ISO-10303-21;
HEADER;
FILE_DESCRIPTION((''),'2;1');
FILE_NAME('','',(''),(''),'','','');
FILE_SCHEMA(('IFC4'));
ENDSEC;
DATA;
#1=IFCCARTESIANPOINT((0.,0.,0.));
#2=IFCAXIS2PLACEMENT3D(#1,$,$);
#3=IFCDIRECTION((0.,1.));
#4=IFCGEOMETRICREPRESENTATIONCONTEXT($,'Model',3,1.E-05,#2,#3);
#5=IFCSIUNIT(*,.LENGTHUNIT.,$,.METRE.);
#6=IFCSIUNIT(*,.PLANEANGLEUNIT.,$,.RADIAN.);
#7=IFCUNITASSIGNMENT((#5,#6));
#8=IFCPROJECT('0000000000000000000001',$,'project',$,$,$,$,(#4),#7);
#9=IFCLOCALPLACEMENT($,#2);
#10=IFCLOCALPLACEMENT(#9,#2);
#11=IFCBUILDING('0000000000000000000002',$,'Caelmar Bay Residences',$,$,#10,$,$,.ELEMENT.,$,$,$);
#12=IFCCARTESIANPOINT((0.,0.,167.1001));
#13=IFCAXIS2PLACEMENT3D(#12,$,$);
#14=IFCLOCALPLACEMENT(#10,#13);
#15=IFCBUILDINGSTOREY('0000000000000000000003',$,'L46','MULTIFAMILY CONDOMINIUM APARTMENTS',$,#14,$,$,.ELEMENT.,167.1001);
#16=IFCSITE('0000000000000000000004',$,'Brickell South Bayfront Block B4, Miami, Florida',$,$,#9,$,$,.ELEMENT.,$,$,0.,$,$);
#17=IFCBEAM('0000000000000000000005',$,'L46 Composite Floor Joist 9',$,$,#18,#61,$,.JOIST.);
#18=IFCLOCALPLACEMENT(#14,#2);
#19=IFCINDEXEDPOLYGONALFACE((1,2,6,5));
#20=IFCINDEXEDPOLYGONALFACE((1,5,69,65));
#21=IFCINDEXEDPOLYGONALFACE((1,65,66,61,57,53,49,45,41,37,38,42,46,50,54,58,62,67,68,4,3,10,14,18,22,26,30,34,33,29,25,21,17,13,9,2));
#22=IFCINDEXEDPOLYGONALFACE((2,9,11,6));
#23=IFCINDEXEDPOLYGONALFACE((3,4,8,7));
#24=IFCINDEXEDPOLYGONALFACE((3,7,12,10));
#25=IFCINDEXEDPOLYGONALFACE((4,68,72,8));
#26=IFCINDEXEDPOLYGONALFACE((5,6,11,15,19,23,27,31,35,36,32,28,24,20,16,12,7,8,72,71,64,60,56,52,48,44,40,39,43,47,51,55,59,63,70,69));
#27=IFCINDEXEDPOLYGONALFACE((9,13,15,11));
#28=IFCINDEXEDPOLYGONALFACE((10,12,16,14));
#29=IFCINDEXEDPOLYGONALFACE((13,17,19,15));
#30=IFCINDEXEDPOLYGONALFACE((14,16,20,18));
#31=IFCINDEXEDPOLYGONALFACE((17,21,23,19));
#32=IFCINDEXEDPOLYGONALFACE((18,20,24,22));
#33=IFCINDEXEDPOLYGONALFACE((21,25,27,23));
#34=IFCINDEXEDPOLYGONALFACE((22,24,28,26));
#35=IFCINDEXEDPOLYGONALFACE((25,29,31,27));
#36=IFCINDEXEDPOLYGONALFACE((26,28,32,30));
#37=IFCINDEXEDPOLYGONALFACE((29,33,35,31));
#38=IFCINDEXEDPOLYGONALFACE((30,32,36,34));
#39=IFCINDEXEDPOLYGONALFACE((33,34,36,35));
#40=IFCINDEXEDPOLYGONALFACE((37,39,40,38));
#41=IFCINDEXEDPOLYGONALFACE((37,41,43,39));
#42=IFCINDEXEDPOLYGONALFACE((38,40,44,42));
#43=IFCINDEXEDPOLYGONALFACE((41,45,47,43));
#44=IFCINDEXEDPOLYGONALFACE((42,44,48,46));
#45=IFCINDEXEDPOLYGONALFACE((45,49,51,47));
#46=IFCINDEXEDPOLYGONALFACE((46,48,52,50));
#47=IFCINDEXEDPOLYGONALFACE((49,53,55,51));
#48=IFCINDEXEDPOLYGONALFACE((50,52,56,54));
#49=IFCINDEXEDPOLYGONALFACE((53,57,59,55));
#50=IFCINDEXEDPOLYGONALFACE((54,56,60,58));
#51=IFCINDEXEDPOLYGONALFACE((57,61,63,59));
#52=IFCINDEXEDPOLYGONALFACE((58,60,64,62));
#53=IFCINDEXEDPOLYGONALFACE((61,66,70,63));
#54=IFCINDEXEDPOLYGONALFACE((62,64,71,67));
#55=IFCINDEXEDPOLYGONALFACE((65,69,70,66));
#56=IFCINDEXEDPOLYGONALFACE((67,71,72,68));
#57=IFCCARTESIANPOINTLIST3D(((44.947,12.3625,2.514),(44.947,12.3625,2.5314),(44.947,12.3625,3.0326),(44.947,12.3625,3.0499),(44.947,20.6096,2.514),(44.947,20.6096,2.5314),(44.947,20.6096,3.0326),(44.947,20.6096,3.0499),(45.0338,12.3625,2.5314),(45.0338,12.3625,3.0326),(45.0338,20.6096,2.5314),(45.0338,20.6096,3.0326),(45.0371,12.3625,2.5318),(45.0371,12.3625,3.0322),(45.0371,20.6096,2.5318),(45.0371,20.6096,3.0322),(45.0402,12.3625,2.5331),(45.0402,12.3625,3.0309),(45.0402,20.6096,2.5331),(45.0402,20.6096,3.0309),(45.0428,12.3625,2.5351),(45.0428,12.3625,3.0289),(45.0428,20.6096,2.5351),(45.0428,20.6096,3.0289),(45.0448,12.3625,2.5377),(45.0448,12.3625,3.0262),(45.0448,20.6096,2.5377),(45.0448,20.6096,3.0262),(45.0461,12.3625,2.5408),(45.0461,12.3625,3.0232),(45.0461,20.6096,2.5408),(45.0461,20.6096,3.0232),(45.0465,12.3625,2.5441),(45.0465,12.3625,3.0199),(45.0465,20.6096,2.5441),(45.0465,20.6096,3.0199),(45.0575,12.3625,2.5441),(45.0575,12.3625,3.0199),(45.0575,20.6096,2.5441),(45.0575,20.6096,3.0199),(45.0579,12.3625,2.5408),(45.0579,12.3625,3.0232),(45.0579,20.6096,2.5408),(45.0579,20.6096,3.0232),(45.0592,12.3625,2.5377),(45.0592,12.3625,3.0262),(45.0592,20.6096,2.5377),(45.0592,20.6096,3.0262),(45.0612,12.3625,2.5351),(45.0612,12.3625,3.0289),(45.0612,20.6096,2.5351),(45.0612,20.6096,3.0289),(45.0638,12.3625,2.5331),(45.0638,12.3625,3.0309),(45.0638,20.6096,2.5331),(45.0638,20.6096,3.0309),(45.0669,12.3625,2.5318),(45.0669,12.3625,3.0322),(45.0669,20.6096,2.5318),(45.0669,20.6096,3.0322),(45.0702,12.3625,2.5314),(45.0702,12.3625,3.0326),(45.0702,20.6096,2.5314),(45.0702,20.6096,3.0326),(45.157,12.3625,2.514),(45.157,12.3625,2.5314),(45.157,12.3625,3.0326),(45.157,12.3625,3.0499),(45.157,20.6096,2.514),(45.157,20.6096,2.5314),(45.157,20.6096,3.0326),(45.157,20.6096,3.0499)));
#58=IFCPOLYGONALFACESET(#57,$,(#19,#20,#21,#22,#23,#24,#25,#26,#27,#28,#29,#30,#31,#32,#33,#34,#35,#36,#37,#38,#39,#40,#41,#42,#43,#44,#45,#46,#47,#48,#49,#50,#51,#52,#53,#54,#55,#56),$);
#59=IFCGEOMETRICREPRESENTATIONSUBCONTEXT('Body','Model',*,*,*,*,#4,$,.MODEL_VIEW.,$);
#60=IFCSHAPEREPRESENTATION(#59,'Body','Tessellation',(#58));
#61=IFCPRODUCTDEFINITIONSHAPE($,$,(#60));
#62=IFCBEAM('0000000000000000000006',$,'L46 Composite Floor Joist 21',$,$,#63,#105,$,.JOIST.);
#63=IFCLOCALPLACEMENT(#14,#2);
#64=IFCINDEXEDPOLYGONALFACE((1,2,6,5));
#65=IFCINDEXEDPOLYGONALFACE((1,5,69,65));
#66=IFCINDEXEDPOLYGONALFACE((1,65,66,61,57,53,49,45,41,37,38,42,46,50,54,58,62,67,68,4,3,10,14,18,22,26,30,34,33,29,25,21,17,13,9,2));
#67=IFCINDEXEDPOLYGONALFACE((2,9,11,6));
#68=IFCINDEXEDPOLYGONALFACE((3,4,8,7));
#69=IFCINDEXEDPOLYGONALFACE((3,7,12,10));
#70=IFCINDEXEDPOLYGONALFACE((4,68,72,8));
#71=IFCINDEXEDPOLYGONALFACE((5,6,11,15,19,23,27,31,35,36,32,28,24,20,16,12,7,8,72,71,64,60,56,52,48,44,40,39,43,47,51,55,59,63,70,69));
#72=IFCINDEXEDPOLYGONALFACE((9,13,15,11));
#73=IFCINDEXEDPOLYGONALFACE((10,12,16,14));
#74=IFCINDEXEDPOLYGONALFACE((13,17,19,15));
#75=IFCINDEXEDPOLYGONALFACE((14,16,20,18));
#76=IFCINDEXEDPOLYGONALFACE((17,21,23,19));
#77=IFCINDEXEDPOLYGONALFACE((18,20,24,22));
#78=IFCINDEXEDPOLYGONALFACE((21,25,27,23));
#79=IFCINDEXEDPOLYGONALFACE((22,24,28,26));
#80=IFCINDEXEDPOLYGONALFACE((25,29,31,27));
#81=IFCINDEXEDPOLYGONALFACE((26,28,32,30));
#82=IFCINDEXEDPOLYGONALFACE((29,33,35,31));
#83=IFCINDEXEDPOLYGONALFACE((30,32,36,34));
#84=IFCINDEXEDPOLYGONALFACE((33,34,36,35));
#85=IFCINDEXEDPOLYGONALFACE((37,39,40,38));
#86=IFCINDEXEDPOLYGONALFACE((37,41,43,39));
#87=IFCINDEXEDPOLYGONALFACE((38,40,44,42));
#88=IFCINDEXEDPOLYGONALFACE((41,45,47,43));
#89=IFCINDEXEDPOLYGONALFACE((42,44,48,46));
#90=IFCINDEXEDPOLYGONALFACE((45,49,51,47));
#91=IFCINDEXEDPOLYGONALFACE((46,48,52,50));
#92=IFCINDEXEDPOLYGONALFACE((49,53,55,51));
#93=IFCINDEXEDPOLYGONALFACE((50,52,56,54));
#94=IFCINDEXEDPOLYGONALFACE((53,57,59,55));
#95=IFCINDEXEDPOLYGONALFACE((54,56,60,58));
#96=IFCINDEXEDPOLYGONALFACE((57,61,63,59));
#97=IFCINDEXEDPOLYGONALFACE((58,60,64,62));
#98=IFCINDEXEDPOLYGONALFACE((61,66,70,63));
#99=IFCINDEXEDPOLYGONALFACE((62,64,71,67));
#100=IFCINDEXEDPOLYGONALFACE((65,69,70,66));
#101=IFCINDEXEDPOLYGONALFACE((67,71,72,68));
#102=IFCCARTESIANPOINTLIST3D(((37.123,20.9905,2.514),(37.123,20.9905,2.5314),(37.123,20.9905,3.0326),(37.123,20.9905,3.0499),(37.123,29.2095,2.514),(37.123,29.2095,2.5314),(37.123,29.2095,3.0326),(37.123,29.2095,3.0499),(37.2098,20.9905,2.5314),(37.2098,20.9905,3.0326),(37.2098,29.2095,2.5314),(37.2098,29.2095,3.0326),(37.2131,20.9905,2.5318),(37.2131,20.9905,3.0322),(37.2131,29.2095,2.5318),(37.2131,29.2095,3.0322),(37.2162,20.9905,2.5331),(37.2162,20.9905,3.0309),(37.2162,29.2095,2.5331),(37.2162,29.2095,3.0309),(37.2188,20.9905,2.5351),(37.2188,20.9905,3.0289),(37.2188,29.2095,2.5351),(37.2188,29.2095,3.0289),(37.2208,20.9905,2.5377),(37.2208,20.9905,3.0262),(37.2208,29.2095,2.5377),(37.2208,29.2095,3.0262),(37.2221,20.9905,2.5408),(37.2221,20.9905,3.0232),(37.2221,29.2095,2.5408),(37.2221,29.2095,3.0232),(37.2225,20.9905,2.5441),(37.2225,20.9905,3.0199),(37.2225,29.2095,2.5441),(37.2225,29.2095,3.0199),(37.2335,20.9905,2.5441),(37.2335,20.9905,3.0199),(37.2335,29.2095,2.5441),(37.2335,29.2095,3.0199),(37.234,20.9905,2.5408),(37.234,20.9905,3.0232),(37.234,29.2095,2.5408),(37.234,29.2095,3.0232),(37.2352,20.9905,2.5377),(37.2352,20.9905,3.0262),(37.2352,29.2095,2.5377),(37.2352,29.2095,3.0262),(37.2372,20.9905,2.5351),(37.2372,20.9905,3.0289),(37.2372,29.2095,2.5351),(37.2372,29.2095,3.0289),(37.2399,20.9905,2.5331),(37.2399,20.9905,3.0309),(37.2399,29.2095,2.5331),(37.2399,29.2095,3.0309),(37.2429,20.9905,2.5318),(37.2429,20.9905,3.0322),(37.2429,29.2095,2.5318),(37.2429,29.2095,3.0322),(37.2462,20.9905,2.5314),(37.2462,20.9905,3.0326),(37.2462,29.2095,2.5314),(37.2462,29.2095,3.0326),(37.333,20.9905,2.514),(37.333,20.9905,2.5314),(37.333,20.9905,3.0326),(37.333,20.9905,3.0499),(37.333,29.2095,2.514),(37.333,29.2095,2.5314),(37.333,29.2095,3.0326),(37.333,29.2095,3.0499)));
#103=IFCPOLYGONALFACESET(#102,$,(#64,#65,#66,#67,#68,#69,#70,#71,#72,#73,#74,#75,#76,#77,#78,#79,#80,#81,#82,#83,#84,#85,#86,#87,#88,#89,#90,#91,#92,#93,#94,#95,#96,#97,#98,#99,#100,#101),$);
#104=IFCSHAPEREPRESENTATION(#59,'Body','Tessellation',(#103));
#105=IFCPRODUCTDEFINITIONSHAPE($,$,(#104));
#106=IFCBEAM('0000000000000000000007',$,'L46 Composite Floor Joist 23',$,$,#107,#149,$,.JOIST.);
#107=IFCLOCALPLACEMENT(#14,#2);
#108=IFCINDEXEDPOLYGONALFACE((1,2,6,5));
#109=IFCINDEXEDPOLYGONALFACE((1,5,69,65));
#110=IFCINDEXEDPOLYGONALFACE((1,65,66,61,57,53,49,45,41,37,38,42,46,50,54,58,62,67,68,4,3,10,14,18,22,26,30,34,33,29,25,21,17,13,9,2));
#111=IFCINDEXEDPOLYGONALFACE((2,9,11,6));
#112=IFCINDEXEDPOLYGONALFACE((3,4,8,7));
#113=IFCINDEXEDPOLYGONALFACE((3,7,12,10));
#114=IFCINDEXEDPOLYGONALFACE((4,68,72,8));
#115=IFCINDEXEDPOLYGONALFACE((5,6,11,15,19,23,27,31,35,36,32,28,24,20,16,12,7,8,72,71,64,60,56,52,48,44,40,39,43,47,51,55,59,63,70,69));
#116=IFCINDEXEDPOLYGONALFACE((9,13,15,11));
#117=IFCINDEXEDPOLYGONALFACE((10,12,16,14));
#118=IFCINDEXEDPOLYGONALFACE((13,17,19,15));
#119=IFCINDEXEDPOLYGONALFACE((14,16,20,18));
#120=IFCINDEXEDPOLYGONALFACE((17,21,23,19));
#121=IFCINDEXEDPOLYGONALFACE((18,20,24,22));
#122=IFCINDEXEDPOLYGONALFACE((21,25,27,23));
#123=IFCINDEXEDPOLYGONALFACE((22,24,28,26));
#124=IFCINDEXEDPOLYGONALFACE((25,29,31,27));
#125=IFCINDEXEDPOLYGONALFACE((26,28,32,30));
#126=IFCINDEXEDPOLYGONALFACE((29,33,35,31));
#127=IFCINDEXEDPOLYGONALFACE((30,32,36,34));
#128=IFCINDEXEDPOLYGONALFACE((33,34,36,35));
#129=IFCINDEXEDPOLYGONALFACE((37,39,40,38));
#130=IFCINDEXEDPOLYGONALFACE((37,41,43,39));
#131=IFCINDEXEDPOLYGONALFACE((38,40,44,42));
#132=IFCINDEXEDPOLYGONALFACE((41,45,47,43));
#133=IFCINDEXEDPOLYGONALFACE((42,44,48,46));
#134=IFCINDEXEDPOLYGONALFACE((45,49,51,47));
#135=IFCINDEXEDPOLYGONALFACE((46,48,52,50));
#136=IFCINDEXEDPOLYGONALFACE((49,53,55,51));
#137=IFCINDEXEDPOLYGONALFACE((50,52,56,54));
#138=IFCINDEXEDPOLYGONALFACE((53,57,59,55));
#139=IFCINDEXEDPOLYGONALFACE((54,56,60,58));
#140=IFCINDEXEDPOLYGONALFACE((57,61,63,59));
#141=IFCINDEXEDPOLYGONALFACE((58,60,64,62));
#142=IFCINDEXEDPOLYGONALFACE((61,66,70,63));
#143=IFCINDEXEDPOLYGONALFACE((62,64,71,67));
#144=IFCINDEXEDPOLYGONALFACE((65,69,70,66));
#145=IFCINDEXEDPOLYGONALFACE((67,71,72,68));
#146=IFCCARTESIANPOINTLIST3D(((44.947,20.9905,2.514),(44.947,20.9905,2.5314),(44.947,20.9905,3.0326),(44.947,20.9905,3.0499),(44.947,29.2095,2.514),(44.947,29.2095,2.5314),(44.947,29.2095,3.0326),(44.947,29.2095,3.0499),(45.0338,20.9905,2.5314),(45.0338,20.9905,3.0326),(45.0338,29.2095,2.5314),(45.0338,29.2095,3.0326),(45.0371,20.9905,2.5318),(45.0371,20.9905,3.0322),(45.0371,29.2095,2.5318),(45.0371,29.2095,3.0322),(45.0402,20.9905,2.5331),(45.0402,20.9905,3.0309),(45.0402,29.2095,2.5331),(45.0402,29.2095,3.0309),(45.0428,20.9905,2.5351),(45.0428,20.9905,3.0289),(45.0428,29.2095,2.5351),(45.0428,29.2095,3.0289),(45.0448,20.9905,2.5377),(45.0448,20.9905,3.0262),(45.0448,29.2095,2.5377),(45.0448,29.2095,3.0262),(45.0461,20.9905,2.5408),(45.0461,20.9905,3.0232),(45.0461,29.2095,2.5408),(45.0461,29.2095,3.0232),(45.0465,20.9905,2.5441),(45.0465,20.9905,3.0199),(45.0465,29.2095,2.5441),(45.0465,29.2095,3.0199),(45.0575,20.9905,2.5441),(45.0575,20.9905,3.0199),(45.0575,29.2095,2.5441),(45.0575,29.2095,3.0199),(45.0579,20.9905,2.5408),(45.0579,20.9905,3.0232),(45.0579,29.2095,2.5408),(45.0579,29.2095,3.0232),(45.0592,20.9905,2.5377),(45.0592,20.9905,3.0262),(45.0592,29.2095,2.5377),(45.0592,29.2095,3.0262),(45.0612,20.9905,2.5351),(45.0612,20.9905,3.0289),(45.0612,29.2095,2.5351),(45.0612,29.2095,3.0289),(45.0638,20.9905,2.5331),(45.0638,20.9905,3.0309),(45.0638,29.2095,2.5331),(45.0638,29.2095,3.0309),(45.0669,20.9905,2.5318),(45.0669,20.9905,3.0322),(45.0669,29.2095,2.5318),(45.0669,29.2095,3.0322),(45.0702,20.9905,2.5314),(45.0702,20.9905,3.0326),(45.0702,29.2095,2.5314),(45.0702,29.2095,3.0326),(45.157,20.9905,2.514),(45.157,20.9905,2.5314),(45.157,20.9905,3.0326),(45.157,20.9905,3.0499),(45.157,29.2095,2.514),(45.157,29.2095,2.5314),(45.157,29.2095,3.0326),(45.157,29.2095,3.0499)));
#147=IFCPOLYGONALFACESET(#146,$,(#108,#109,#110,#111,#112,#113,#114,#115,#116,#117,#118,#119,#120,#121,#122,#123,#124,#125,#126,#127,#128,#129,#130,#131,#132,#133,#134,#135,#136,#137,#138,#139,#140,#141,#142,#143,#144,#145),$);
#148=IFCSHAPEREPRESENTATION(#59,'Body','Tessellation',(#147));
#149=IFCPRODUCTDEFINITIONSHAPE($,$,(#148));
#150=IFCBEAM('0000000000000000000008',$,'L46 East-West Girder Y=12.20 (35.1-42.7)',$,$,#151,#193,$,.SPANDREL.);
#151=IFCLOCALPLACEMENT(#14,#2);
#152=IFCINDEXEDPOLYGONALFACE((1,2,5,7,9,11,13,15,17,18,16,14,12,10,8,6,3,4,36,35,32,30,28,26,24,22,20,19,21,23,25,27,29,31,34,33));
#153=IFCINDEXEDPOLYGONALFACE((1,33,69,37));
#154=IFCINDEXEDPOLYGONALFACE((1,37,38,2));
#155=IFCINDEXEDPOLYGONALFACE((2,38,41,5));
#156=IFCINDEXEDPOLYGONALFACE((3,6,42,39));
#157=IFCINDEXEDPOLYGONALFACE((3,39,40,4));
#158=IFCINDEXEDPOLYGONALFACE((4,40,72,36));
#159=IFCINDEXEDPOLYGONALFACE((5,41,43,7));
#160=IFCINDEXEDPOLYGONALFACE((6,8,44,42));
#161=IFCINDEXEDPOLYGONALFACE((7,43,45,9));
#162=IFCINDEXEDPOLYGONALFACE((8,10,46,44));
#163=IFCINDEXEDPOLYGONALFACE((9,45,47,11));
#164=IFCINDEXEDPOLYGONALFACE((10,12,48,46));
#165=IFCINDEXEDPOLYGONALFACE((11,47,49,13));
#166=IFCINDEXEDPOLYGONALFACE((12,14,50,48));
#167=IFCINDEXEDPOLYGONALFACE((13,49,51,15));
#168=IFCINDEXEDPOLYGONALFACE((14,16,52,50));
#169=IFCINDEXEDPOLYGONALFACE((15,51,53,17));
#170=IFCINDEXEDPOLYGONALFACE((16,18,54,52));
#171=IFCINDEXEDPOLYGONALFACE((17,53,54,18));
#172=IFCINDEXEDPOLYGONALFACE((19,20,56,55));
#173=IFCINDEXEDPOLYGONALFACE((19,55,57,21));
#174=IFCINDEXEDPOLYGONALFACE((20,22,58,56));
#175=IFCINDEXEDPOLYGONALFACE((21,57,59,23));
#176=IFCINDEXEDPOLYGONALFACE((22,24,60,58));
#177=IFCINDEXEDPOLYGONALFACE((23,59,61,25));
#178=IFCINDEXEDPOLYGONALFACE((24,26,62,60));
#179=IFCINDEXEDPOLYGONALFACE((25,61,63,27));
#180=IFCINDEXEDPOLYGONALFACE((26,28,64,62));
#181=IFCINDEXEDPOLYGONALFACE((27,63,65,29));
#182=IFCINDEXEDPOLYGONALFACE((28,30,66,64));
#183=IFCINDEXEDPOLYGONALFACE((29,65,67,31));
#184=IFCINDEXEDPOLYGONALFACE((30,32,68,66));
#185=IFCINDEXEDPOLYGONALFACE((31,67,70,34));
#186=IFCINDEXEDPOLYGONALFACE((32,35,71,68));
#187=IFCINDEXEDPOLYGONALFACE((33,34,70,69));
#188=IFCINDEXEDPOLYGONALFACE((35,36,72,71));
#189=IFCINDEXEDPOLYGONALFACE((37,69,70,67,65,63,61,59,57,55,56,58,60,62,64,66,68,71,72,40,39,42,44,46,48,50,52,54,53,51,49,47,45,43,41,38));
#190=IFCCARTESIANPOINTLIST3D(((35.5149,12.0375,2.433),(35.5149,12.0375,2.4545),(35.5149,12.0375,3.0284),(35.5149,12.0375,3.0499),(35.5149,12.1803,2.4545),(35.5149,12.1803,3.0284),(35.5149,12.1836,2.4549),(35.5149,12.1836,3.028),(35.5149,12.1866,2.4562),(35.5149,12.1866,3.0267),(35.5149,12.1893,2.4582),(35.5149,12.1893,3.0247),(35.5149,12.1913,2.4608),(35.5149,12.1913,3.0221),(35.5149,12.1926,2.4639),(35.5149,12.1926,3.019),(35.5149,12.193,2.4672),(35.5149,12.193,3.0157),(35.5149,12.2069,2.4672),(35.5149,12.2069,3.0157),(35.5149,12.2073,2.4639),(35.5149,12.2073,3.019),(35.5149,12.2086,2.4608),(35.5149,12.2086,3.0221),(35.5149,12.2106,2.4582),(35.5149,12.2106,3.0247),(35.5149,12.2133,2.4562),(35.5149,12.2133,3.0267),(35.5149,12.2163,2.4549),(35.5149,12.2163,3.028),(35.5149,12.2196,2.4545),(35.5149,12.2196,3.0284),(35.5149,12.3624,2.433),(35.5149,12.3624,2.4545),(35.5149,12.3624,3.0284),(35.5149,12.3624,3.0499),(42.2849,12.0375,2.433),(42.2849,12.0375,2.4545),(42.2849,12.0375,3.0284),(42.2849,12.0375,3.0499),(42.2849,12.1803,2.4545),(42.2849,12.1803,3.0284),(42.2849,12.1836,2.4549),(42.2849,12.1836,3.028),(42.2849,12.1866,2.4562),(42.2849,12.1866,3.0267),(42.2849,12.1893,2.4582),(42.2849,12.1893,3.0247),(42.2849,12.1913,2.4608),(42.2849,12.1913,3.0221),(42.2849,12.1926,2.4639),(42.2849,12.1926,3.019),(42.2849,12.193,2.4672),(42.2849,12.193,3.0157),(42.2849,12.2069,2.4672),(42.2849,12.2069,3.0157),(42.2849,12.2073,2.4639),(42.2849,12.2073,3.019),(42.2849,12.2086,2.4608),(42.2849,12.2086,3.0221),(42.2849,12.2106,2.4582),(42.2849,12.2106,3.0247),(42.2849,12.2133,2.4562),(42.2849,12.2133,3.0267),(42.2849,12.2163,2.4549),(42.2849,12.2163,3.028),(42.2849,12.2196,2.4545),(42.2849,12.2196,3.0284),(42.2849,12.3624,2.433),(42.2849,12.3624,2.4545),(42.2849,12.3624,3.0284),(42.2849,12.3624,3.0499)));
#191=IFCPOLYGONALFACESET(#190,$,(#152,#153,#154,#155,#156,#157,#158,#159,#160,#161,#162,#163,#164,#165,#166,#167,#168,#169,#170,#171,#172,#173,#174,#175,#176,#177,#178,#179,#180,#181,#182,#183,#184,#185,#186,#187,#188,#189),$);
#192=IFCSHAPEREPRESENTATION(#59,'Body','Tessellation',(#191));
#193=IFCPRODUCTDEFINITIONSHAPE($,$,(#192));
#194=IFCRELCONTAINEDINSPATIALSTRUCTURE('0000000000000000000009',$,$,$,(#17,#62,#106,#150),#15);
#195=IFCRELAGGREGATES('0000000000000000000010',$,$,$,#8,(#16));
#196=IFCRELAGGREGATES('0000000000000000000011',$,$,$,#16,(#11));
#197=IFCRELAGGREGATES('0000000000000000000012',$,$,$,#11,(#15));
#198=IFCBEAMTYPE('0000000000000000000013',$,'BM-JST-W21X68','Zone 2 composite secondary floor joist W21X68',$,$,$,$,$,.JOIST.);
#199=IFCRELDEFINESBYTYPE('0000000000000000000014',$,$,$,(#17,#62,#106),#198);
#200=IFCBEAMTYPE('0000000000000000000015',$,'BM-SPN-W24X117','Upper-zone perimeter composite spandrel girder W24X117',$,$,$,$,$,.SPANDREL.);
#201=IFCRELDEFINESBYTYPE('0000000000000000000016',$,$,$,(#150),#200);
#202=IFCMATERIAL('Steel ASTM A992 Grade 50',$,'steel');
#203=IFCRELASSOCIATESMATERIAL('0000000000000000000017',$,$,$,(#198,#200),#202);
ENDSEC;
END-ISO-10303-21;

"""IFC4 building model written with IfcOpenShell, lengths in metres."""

from ifc_helpers import new_model, si_unit, direction, frame, origin, origin_2d, place, context, subcontext, project, spatial, i_section, extrude, material, material_profile, profile_set, type_object, element, save


model = new_model("IFC4")

# Units and contexts
model_context = context("Model", 3, precision=1e-05, world=origin(), true_north=direction((0.0, 1.0)))
body_context = subcontext(model_context, "Body", "Model", "MODEL_VIEW")
ifc_project = project(units=[si_unit("LENGTHUNIT", "METRE"), si_unit("PLANEANGLEUNIT", "RADIAN")], contexts=[model_context])

# Site, building, storey
site_placement = place(None, origin())
site = spatial("IfcSite", under=ifc_project, at=site_placement, Name="Brickell South Bayfront Block B4, Miami, Florida", CompositionType="ELEMENT", RefElevation=0.0)
building_placement = place(site_placement, origin())
building = spatial("IfcBuilding", under=site, at=building_placement, Name="Caelmar Bay Residences", CompositionType="ELEMENT")
storey_placement = place(building_placement, frame((0.0, 0.0, 167.1001)))
storey = spatial("IfcBuildingStorey", under=building, at=storey_placement, Name="L46", Description="MULTIFAMILY CONDOMINIUM APARTMENTS", CompositionType="ELEMENT", Elevation=167.1001)

# Beams
ifc_material_1 = material(Name="Steel ASTM A992 Grade 50", Category="steel")
ifc_material_profile_1 = material_profile(ifc_material_1, i_section(OverallWidth=0.21, OverallDepth=0.5359, WebThickness=0.011, FlangeThickness=0.0173, FilletRadius=0.0127, at=origin_2d()), Name="W21X68")
ifc_profile_set_1 = profile_set([ifc_material_profile_1], Name="Steel ASTM A992 Grade 50")
beam_type_1 = type_object("IfcBeamType", Name="BM-JST-W21X68", Description="Zone 2 composite secondary floor joist W21X68", PredefinedType="JOIST", material=ifc_profile_set_1)
for number, where, z_axis, x_axis, name in (
    (1, (45.052, 12.3625, 2.782), (0.0, 1.0, 0.0), (-1.0, 0.0, 0.0), "L46 Composite Floor Joist 9"),
):
    element("IfcBeam", number, at=place(storey_placement, frame(where, z_axis=z_axis, x_axis=x_axis)), inside=storey, type_object=beam_type_1, Name=name, PredefinedType="JOIST", context=body_context, shape_type="SweptSolid", body=[
        extrude(i_section(OverallWidth=0.21, OverallDepth=0.5359, WebThickness=0.011, FlangeThickness=0.0173, FilletRadius=0.0127, at=origin_2d()), origin(), (0.0, 0.0, 1.0), 8.2471),
    ])
for number, where, z_axis, x_axis, name in (
    (2, (37.228, 20.9905, 2.782), (0.0, 1.0, 0.0), (-1.0, 0.0, 0.0), "L46 Composite Floor Joist 21"),
    (3, (45.052, 20.9905, 2.782), (0.0, 1.0, 0.0), (-1.0, 0.0, 0.0), "L46 Composite Floor Joist 23"),
):
    element("IfcBeam", number, at=place(storey_placement, frame(where, z_axis=z_axis, x_axis=x_axis)), inside=storey, type_object=beam_type_1, Name=name, PredefinedType="JOIST", context=body_context, shape_type="SweptSolid", body=[
        extrude(i_section(OverallWidth=0.21, OverallDepth=0.5359, WebThickness=0.011, FlangeThickness=0.0173, FilletRadius=0.0127, at=origin_2d()), origin(), (0.0, 0.0, 1.0), 8.219),
    ])
ifc_material_profile_2 = material_profile(ifc_material_1, i_section(OverallWidth=0.325, OverallDepth=0.6169, WebThickness=0.0139, FlangeThickness=0.0215, FilletRadius=0.0127, at=origin_2d()), Name="W24X117")
ifc_profile_set_2 = profile_set([ifc_material_profile_2], Name="Steel ASTM A992 Grade 50")
beam_type_2 = type_object("IfcBeamType", Name="BM-SPN-W24X117", Description="Upper-zone perimeter composite spandrel girder W24X117", PredefinedType="SPANDREL", material=ifc_profile_set_2)
beam_1_placement = place(storey_placement, frame((35.5149, 12.2, 2.7415), z_axis=(1.0, 0.0, 0.0), x_axis=(0.0, 1.0, 0.0)))
element("IfcBeam", 4, at=beam_1_placement, inside=storey, type_object=beam_type_2, Name="L46 East-West Girder Y=12.20 (35.1-42.7)", PredefinedType="SPANDREL", context=body_context, shape_type="SweptSolid", body=[
    extrude(i_section(OverallWidth=0.325, OverallDepth=0.6169, WebThickness=0.0139, FlangeThickness=0.0215, FilletRadius=0.0127, at=origin_2d()), origin(), (0.0, 0.0, 1.0), 6.77),
])

save(model, "model.ifc")
